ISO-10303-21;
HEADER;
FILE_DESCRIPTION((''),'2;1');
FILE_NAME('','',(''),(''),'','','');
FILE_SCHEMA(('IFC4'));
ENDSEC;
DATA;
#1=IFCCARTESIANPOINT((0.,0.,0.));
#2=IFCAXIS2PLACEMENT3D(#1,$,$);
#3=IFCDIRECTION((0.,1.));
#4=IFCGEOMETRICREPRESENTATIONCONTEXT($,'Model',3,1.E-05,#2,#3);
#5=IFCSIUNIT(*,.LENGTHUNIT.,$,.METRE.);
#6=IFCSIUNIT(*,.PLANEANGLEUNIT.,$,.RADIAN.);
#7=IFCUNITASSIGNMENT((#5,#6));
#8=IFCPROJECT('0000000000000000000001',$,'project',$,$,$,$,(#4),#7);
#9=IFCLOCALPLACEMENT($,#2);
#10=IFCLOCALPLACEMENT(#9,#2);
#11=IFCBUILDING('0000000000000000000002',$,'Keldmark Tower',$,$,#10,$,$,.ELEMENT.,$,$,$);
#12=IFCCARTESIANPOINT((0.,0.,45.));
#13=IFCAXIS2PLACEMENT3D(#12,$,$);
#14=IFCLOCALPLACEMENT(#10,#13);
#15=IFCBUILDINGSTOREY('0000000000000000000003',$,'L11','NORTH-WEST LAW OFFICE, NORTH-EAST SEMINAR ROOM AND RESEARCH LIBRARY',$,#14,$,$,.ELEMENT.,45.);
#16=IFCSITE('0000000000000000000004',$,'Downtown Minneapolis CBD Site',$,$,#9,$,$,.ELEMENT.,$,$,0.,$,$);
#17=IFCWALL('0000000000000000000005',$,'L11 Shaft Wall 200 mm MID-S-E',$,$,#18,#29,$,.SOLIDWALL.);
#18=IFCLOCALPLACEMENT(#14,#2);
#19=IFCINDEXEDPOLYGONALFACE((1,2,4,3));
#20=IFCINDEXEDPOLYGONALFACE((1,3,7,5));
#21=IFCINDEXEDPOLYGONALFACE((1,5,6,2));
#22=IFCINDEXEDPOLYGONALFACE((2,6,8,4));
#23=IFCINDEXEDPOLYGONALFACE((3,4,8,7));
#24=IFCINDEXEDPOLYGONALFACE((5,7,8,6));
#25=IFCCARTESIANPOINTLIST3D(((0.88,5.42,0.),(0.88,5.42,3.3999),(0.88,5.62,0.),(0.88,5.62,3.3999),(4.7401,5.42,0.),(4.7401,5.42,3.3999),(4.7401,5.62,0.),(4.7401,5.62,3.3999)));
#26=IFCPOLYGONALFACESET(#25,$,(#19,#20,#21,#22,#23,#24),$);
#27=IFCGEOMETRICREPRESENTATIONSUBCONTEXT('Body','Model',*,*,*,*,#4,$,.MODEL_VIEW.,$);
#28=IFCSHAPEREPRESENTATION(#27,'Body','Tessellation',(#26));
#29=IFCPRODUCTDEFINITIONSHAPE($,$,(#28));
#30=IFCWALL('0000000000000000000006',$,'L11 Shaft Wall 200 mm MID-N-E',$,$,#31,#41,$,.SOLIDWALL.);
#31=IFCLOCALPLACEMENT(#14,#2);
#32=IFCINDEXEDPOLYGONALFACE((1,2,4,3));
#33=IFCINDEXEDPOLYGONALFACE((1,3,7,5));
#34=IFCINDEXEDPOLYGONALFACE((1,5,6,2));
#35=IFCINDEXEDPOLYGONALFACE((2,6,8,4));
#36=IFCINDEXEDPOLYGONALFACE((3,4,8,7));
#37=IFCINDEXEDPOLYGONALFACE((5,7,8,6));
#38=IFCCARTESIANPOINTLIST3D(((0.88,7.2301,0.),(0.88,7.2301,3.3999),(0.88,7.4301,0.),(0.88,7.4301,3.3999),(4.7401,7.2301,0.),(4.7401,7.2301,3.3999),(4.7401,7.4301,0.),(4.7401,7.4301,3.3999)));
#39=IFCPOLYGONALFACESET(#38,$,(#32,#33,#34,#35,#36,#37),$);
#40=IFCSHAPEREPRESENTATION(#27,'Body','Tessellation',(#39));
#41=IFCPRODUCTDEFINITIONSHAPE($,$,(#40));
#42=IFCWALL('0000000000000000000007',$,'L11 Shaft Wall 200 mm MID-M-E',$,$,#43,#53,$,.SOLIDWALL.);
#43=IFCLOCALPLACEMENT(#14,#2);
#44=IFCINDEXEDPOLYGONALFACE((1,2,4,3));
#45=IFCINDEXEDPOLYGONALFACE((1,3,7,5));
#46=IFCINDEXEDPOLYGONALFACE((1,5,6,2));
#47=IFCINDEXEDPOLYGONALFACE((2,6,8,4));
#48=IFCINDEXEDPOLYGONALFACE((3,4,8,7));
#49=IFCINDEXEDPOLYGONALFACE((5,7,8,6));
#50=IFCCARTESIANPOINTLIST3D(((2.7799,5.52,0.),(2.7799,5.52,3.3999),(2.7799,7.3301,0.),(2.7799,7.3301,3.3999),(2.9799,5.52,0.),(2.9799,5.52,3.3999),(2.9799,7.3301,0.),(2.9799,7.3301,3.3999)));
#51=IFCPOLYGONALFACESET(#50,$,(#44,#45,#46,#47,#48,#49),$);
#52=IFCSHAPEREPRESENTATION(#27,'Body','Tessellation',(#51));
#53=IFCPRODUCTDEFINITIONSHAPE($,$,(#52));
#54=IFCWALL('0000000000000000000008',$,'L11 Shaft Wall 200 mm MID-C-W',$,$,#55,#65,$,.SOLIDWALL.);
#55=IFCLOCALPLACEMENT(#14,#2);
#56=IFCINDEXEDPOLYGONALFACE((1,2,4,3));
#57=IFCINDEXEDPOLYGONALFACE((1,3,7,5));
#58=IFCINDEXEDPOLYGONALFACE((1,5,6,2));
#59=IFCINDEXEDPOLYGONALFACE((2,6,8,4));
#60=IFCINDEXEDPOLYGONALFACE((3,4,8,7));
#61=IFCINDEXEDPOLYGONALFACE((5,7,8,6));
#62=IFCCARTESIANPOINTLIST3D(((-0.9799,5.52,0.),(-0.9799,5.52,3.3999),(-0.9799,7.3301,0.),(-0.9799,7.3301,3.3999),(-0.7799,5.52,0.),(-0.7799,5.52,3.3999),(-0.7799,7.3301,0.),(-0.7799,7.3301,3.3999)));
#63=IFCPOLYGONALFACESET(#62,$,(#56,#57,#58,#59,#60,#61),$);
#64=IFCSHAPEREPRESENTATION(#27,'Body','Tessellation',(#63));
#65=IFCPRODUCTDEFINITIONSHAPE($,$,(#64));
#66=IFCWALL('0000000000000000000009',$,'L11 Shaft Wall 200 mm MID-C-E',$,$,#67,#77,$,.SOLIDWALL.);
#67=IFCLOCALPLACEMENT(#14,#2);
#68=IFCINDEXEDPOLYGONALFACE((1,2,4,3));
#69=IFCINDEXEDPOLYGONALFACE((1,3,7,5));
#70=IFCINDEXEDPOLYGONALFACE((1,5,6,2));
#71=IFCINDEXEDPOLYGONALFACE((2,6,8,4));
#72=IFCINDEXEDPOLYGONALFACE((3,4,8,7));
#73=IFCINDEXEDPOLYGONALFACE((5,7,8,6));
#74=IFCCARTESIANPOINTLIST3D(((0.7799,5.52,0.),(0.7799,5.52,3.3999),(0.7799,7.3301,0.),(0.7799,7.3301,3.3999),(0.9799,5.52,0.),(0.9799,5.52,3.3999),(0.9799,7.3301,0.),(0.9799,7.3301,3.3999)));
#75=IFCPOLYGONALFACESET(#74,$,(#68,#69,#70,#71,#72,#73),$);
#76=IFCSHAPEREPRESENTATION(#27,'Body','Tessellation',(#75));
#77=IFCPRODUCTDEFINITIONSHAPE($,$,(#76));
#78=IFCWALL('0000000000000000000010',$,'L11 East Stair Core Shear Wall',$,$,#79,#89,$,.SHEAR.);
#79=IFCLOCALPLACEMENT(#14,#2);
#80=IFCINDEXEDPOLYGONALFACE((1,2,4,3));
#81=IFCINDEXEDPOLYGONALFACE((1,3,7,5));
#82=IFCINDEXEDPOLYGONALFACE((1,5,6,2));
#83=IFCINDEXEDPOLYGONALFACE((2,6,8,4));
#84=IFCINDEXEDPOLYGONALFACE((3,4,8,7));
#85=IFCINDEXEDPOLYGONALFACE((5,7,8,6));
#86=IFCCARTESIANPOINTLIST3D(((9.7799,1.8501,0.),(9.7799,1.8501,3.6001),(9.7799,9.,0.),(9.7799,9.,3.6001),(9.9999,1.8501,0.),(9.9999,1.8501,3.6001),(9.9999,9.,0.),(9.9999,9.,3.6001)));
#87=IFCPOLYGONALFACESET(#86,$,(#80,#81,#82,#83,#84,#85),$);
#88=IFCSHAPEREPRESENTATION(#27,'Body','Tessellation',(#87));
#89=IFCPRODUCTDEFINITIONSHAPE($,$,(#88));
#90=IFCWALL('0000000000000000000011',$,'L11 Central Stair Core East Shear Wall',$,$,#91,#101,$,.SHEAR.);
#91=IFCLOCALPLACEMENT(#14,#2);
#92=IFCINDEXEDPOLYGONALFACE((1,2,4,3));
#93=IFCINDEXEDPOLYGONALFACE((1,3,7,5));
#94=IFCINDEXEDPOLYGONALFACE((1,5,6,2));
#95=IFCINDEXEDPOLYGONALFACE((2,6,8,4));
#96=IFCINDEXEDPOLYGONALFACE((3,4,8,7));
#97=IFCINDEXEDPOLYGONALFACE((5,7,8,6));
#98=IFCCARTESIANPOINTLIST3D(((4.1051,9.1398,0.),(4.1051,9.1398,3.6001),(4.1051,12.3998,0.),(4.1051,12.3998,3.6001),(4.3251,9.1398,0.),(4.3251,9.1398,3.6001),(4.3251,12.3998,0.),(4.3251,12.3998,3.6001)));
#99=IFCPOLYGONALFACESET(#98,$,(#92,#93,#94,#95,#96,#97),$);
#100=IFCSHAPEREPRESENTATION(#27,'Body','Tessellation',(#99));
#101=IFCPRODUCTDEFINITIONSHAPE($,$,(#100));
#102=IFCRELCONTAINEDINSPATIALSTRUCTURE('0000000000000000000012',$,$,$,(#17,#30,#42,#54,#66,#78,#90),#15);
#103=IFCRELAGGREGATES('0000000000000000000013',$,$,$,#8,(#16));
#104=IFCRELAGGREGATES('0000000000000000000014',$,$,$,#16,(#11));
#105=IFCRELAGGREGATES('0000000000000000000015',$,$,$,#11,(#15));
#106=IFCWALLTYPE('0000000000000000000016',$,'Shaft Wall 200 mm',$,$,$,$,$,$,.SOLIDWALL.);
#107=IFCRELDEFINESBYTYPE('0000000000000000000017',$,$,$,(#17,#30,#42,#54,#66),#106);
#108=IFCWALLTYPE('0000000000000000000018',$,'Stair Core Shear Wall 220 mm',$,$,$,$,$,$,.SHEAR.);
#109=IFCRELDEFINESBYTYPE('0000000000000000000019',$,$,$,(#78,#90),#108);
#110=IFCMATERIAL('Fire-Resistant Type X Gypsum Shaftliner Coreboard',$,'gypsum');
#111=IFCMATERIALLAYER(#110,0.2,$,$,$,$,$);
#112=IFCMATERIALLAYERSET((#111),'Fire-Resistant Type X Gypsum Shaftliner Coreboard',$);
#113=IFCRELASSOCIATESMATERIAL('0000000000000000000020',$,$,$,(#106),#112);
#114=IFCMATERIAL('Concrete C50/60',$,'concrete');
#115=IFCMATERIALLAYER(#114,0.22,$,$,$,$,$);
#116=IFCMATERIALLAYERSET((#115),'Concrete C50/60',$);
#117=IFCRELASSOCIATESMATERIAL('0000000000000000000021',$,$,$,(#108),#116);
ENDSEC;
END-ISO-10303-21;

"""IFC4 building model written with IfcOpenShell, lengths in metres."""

from ifc_helpers import new_model, si_unit, direction, frame, frame_2d, origin, place, context, subcontext, project, spatial, rectangle, extrude, material, layer, layer_set, type_object, element, save


model = new_model("IFC4")

# Units and contexts
model_context = context("Model", 3, precision=1e-05, world=origin(), true_north=direction((0.0, 1.0)))
body_context = subcontext(model_context, "Body", "Model", "MODEL_VIEW")
ifc_project = project(units=[si_unit("LENGTHUNIT", "METRE"), si_unit("PLANEANGLEUNIT", "RADIAN")], contexts=[model_context])

# Site, building, storey
site_placement = place(None, origin())
site = spatial("IfcSite", under=ifc_project, at=site_placement, Name="Downtown Minneapolis CBD Site", CompositionType="ELEMENT", RefElevation=0.0)
building_placement = place(site_placement, origin())
building = spatial("IfcBuilding", under=site, at=building_placement, Name="Keldmark Tower", CompositionType="ELEMENT")
storey_placement = place(building_placement, frame((0.0, 0.0, 45.0)))
storey = spatial("IfcBuildingStorey", under=building, at=storey_placement, Name="L11", Description="NORTH-WEST LAW OFFICE, NORTH-EAST SEMINAR ROOM AND RESEARCH LIBRARY", CompositionType="ELEMENT", Elevation=45.0)

# Shared definitions
ifc_material_1 = material(Name="Fire-Resistant Type X Gypsum Shaftliner Coreboard", Category="gypsum")
ifc_layer_1 = layer(ifc_material_1, 0.2)
ifc_layer_set_1 = layer_set([ifc_layer_1], Name="Fire-Resistant Type X Gypsum Shaftliner Coreboard")
wall_type_1 = type_object("IfcWallType", Name="Shaft Wall 200 mm", PredefinedType="SOLIDWALL", material=ifc_layer_set_1)

# Walls
for number, where, z_axis, x_axis, name in (
    (1, (0.8799, 5.52, 0.0), (0.0, 0.0, 1.0), (1.0, 0.0, 0.0), "L11 Shaft Wall 200 mm MID-S-E"),
    (2, (0.8799, 7.3301, 0.0), (0.0, 0.0, 1.0), (1.0, 0.0, 0.0), "L11 Shaft Wall 200 mm MID-N-E"),
):
    element("IfcWall", number, at=place(storey_placement, frame(where, z_axis=z_axis, x_axis=x_axis)), inside=storey, type_object=wall_type_1, Name=name, PredefinedType="SOLIDWALL", context=body_context, shape_type="SweptSolid", body=[
        extrude(rectangle(XDim=3.8601, YDim=0.2, at=frame_2d((1.9302, 0.0))), origin(), (0.0, 0.0, 1.0), 3.3999),
    ])
for number, where, z_axis, x_axis, name in (
    (3, (2.8799, 5.52, 0.0), (0.0, 0.0, 1.0), (0.0, 1.0, 0.0), "L11 Shaft Wall 200 mm MID-M-E"),
    (4, (-0.8799, 5.52, 0.0), (0.0, 0.0, 1.0), (0.0, 1.0, 0.0), "L11 Shaft Wall 200 mm MID-C-W"),
    (5, (0.8799, 5.52, 0.0), (0.0, 0.0, 1.0), (0.0, 1.0, 0.0), "L11 Shaft Wall 200 mm MID-C-E"),
):
    element("IfcWall", number, at=place(storey_placement, frame(where, z_axis=z_axis, x_axis=x_axis)), inside=storey, type_object=wall_type_1, Name=name, PredefinedType="SOLIDWALL", context=body_context, shape_type="SweptSolid", body=[
        extrude(rectangle(XDim=1.8101, YDim=0.2, at=frame_2d((0.905, 0.0))), origin(), (0.0, 0.0, 1.0), 3.3999),
    ])
ifc_material_2 = material(Name="Concrete C50/60", Category="concrete")
ifc_layer_2 = layer(ifc_material_2, 0.22)
ifc_layer_set_2 = layer_set([ifc_layer_2], Name="Concrete C50/60")
wall_type_2 = type_object("IfcWallType", Name="Stair Core Shear Wall 220 mm", PredefinedType="SHEAR", material=ifc_layer_set_2)
wall_1_placement = place(storey_placement, frame((9.8899, 1.8501, 0.0), z_axis=(0.0, 0.0, 1.0), x_axis=(0.0, 1.0, 0.0)))
element("IfcWall", 6, at=wall_1_placement, inside=storey, type_object=wall_type_2, Name="L11 East Stair Core Shear Wall", PredefinedType="SHEAR", context=body_context, shape_type="SweptSolid", body=[
    extrude(rectangle(XDim=7.1499, YDim=0.22, at=frame_2d((3.575, 0.0))), origin(), (0.0, 0.0, 1.0), 3.6001),
])
wall_2_placement = place(storey_placement, frame((4.2151, 9.1399, 0.0), z_axis=(0.0, 0.0, 1.0), x_axis=(0.0, 1.0, 0.0)))
element("IfcWall", 7, at=wall_2_placement, inside=storey, type_object=wall_type_2, Name="L11 Central Stair Core East Shear Wall", PredefinedType="SHEAR", context=body_context, shape_type="SweptSolid", body=[
    extrude(rectangle(XDim=3.26, YDim=0.22, at=frame_2d((1.6299, 0.0))), origin(), (0.0, 0.0, 1.0), 3.6001),
])

save(model, "model.ifc")
